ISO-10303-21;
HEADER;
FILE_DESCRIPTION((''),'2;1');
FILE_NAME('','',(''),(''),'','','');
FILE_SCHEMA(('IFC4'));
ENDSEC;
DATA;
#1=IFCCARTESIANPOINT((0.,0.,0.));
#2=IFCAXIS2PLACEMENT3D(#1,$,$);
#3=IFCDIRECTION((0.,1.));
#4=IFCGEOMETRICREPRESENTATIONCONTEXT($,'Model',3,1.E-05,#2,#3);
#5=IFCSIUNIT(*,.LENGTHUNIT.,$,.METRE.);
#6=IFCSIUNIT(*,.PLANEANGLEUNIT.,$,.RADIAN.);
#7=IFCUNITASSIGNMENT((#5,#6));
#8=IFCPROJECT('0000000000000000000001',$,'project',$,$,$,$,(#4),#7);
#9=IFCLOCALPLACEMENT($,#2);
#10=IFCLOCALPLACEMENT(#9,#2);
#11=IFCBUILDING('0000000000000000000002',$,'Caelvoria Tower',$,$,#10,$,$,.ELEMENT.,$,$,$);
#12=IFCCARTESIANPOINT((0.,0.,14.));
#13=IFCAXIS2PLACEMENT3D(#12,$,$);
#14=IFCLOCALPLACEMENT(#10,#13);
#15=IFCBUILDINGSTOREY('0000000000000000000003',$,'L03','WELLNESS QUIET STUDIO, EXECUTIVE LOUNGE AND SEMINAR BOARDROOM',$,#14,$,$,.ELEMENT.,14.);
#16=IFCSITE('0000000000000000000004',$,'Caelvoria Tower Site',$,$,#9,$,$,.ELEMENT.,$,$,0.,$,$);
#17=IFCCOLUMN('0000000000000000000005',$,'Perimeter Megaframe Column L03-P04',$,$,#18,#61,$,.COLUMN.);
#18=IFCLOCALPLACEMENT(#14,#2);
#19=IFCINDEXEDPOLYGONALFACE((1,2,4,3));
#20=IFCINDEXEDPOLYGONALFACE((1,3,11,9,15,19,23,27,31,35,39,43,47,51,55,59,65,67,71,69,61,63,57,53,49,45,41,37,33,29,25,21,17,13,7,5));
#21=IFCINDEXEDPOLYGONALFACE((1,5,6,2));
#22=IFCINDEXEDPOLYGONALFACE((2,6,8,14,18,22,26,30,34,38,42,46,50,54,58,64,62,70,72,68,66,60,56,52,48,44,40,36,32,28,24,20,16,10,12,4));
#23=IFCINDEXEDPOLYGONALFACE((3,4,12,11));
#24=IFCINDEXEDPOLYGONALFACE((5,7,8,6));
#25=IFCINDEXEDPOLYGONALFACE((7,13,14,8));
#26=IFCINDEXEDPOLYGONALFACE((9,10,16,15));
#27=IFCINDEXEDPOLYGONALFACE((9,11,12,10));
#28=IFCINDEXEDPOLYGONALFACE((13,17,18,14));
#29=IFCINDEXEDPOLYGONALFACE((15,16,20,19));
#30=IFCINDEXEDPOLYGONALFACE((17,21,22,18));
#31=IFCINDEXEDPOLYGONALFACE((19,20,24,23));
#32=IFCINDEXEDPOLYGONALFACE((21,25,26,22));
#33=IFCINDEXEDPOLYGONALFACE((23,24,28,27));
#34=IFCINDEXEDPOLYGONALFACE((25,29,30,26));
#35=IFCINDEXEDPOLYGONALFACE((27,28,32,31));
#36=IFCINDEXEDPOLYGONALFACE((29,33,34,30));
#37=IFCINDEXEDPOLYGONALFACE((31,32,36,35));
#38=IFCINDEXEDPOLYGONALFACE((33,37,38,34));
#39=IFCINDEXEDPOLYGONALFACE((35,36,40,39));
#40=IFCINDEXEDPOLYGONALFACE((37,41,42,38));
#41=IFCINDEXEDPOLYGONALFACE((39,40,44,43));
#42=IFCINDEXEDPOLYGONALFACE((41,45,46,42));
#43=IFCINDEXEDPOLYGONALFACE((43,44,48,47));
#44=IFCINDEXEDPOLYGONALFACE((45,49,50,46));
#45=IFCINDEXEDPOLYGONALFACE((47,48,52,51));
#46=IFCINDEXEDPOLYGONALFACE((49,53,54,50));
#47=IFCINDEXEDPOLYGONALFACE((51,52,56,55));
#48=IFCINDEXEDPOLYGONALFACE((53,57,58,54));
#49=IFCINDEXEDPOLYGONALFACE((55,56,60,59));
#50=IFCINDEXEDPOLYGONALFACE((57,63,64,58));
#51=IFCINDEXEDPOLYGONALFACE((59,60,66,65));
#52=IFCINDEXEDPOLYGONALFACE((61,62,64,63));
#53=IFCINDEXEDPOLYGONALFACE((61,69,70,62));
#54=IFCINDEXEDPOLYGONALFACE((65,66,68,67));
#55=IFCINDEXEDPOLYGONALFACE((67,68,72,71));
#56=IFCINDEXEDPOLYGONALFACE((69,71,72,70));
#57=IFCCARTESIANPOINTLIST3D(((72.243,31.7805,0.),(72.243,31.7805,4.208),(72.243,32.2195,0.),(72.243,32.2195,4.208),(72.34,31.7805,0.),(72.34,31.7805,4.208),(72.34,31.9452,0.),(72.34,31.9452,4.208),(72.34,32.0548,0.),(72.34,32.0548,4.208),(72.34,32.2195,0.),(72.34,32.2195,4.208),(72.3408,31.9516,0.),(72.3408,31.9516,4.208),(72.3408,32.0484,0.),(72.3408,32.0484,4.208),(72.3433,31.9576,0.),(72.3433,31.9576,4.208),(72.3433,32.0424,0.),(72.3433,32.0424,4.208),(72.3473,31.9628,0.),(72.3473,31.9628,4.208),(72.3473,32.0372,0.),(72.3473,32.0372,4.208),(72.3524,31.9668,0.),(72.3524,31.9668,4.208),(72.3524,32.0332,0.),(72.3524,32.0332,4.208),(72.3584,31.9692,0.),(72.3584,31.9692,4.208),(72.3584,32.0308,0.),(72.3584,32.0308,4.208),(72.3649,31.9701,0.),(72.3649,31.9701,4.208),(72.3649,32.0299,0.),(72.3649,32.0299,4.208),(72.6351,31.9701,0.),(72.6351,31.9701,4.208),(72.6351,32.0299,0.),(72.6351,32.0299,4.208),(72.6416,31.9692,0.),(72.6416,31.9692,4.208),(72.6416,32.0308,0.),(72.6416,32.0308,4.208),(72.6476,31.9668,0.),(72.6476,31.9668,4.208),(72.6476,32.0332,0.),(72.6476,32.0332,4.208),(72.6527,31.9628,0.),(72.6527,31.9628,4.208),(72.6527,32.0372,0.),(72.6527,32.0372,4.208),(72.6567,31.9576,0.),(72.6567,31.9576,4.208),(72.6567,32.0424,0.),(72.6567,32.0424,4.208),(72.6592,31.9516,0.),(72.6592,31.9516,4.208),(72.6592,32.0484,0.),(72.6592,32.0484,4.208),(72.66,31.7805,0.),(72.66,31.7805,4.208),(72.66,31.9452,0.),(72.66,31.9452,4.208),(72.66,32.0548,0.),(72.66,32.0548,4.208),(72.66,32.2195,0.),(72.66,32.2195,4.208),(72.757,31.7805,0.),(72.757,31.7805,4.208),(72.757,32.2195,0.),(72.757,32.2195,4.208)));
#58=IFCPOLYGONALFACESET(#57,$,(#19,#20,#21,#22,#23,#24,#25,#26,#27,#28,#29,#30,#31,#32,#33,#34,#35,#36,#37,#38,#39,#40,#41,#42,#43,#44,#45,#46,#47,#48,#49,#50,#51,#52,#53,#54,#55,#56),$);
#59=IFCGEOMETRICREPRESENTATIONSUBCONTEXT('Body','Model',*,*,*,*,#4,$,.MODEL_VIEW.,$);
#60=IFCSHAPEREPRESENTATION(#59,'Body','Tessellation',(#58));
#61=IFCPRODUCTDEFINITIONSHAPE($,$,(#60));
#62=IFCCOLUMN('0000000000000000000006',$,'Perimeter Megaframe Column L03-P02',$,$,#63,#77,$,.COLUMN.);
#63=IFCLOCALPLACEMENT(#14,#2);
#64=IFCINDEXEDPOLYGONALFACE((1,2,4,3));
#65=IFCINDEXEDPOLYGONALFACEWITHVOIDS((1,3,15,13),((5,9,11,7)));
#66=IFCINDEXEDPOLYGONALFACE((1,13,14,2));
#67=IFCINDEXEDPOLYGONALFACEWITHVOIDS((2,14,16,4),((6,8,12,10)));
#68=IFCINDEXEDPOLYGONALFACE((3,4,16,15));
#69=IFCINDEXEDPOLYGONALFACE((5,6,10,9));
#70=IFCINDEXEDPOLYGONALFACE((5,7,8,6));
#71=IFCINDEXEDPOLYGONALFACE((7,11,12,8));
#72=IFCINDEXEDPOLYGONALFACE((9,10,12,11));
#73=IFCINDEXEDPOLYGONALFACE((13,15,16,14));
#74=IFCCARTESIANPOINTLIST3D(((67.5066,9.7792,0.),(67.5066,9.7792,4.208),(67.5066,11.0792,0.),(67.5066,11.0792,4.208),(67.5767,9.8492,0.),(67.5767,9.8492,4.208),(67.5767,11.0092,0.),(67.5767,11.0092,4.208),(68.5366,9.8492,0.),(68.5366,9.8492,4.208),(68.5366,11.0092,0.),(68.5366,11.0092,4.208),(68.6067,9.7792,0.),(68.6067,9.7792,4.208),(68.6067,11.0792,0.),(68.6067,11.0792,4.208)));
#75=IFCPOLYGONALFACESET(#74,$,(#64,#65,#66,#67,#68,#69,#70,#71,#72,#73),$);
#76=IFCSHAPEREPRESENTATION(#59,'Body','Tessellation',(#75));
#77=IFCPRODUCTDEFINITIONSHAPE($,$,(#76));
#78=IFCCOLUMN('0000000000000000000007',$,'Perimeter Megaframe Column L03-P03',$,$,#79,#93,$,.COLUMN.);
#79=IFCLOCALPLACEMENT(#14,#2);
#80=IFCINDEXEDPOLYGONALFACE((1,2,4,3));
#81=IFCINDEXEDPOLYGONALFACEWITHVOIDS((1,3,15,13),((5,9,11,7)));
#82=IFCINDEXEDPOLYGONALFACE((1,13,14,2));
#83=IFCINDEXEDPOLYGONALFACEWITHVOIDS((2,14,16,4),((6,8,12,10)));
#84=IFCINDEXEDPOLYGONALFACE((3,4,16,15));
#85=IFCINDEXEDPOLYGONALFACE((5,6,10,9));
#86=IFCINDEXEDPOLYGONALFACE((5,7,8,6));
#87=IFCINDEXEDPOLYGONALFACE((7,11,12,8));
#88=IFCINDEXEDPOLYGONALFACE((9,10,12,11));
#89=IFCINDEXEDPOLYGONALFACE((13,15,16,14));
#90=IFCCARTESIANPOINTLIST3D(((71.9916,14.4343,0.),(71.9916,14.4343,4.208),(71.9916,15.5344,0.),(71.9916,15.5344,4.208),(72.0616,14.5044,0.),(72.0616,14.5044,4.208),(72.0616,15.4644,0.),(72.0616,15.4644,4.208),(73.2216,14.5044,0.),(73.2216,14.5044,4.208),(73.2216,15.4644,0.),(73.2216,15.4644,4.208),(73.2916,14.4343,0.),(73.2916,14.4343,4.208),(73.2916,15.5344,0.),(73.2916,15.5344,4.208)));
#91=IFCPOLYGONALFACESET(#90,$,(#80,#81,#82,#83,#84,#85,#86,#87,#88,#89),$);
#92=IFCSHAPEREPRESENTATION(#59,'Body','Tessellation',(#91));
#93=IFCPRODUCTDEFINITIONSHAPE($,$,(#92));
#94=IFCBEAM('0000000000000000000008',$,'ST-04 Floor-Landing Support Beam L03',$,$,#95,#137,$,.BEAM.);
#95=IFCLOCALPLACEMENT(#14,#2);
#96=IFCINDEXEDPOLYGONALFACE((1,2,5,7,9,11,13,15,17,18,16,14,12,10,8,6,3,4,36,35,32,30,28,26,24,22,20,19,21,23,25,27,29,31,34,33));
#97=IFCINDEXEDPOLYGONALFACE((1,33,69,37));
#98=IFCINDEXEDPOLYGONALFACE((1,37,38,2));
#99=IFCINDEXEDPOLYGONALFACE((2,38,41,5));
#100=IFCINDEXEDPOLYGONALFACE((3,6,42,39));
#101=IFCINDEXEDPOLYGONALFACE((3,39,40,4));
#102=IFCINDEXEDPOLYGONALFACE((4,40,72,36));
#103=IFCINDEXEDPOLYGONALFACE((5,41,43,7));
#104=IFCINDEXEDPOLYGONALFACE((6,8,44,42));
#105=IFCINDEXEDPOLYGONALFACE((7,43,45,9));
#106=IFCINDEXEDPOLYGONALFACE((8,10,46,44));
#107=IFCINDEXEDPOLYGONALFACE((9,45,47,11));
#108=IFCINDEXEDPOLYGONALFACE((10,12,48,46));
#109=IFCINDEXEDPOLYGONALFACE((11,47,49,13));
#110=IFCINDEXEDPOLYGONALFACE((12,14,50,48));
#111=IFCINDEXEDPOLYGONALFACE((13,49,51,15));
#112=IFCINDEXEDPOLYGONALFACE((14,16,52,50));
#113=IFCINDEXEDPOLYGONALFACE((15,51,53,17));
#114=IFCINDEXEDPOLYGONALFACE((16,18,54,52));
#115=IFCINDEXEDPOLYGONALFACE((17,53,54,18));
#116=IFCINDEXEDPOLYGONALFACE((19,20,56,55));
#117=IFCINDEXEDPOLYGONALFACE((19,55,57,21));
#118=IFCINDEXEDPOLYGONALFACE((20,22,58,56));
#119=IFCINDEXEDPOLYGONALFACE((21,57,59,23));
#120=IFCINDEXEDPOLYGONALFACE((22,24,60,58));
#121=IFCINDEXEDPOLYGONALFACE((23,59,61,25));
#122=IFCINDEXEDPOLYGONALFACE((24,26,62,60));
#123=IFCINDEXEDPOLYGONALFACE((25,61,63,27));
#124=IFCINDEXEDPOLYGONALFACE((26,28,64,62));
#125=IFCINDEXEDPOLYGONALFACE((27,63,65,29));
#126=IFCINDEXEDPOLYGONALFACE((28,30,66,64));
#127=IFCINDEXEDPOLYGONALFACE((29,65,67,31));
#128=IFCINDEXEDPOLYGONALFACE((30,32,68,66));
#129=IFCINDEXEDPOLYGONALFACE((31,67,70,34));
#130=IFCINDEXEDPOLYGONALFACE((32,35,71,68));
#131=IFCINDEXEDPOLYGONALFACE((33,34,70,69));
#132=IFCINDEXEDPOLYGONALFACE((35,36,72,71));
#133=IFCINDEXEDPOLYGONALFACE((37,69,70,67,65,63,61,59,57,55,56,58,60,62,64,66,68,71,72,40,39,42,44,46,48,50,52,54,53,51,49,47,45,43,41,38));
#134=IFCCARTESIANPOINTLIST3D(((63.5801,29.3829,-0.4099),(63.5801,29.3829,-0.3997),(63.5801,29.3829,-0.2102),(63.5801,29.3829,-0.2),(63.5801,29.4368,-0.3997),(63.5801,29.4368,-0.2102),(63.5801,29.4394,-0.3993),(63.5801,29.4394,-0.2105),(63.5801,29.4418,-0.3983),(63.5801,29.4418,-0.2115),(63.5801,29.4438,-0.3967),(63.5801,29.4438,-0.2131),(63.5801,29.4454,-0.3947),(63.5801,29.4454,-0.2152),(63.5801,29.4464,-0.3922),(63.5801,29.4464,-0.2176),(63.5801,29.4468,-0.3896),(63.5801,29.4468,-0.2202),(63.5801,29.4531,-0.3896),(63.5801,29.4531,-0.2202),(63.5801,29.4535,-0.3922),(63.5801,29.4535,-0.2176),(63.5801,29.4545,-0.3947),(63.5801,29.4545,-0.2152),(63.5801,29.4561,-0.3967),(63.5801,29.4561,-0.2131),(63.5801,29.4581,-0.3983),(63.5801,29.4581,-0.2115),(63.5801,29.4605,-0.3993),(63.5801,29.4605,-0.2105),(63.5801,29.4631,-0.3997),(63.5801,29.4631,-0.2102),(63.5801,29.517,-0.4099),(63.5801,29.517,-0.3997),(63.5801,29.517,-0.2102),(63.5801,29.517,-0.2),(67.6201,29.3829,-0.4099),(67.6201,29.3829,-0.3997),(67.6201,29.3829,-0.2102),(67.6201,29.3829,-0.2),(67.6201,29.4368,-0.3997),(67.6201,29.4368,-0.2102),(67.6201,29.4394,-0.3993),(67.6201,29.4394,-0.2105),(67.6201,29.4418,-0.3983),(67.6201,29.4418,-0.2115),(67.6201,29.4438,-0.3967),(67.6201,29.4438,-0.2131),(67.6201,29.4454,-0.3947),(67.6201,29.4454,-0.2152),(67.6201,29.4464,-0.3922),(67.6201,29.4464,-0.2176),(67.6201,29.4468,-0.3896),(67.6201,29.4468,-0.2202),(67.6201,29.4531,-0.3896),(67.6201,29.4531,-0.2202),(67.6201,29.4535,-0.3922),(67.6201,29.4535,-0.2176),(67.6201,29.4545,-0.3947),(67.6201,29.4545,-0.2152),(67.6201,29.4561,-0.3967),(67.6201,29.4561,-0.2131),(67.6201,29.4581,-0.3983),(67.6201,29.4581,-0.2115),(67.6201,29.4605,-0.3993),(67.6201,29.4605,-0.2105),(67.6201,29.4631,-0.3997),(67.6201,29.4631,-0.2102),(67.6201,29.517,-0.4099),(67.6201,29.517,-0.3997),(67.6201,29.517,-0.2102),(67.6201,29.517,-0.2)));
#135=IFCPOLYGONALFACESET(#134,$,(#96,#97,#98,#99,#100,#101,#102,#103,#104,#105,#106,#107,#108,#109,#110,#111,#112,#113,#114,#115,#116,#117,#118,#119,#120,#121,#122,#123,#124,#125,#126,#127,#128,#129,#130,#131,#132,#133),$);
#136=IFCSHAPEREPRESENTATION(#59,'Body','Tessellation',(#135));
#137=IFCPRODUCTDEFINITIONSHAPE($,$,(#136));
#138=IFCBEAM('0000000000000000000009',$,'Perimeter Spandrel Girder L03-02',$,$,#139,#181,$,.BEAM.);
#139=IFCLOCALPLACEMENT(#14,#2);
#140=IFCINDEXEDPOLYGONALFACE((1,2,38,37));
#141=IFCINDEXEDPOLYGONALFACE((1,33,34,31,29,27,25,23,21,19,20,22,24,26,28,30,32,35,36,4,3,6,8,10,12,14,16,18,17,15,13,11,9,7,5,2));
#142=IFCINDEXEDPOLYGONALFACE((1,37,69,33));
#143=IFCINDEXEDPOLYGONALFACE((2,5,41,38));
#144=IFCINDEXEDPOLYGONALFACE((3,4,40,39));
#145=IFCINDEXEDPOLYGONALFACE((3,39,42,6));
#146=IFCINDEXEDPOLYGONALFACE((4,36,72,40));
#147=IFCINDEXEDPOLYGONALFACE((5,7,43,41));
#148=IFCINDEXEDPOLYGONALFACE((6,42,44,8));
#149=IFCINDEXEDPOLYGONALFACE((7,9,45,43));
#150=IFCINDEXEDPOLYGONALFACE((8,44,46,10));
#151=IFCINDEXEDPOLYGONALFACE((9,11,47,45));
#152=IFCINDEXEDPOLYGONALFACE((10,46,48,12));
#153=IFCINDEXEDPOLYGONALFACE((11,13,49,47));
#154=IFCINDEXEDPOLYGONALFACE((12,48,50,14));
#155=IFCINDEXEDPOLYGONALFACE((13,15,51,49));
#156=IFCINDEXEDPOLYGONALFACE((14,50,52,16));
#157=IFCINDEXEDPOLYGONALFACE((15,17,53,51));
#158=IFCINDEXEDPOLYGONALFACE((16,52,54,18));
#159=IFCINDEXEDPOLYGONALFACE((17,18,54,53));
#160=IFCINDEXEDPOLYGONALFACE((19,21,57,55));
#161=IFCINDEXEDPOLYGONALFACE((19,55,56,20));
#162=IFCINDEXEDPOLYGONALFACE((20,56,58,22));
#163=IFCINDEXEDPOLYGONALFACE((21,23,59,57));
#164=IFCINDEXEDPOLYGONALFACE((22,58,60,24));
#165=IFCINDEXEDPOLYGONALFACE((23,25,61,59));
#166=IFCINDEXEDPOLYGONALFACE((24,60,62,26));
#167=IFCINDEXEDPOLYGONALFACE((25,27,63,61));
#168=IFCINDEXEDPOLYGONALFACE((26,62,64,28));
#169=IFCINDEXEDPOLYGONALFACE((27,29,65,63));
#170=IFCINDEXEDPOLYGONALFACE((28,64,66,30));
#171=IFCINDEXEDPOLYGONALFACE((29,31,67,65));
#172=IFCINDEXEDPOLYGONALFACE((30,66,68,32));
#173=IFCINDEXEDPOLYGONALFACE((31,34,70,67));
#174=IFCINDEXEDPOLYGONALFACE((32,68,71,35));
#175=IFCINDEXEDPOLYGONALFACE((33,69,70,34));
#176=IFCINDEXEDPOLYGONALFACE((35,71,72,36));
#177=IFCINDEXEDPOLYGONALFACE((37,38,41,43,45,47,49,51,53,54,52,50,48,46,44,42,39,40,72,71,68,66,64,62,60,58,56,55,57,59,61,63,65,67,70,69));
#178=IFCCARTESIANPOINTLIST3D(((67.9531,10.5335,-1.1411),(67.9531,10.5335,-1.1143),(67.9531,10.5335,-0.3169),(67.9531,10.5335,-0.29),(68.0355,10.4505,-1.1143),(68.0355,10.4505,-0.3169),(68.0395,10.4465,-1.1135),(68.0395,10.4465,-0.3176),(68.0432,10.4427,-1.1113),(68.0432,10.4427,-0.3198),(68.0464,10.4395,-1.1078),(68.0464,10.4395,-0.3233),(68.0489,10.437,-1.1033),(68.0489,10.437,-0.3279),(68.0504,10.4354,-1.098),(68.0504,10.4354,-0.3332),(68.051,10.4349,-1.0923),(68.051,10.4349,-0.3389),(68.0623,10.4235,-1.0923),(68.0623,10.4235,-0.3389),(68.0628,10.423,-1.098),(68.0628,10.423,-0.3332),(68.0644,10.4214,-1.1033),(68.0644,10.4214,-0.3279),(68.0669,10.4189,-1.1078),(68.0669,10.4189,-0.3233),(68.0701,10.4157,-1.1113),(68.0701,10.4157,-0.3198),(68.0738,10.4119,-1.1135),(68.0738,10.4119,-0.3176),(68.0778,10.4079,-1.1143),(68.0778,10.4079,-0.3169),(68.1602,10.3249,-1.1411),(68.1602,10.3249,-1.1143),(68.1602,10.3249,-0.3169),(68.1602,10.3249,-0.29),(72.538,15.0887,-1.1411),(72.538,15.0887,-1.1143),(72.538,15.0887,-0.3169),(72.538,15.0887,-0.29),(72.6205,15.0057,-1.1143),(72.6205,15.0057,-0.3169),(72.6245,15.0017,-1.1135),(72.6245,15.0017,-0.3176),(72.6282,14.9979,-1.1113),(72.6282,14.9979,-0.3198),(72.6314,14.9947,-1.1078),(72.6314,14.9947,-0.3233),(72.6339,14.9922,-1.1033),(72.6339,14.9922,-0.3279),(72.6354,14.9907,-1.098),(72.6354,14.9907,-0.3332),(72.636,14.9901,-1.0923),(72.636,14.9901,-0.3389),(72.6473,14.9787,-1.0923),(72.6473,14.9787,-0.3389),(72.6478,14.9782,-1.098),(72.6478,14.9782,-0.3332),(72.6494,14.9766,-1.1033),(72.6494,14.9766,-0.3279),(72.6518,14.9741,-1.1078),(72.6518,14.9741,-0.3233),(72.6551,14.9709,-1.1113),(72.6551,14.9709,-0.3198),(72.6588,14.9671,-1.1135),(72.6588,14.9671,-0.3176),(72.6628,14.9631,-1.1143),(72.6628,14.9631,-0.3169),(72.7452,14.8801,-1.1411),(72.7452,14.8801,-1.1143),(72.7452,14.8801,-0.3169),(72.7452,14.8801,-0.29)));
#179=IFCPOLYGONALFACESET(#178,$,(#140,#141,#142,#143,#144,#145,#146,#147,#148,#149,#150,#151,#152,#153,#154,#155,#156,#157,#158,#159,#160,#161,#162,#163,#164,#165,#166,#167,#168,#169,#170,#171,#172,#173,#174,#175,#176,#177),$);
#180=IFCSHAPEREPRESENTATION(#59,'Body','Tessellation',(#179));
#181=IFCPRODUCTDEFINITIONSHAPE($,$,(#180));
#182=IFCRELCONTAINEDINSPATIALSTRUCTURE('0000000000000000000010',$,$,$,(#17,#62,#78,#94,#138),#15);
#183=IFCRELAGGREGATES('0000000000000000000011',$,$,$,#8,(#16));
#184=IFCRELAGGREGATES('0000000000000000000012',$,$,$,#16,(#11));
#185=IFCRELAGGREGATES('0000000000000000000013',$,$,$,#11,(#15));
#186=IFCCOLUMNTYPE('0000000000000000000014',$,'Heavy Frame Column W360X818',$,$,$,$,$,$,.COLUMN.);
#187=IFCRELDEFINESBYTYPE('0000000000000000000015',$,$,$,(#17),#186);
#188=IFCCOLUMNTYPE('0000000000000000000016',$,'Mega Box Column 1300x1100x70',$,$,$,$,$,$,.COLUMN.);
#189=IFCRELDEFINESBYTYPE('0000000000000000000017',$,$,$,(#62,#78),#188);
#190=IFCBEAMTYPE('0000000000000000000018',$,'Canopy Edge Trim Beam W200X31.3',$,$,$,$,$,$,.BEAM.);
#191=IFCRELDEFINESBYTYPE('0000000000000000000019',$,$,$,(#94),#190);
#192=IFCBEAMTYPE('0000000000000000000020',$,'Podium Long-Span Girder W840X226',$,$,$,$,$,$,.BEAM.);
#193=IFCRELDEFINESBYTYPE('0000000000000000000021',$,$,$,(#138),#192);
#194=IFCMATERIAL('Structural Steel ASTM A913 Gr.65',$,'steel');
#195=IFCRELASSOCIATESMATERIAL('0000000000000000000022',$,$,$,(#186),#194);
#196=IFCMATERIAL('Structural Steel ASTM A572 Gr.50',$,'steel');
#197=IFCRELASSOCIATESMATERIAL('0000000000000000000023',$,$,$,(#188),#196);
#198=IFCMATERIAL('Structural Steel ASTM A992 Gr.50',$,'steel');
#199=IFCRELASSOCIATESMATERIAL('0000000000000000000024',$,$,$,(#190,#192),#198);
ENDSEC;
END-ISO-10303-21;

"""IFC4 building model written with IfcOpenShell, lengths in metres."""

from ifc_helpers import new_model, si_unit, direction, frame, origin, origin_2d, place, context, subcontext, project, spatial, hollow_rectangle, i_section, extrude, material, material_profile, profile_set, type_object, element, save


model = new_model("IFC4")

# Units and contexts
model_context = context("Model", 3, precision=1e-05, world=origin(), true_north=direction((0.0, 1.0)))
body_context = subcontext(model_context, "Body", "Model", "MODEL_VIEW")
ifc_project = project(units=[si_unit("LENGTHUNIT", "METRE"), si_unit("PLANEANGLEUNIT", "RADIAN")], contexts=[model_context])

# Site, building, storey
site_placement = place(None, origin())
site = spatial("IfcSite", under=ifc_project, at=site_placement, Name="Caelvoria Tower Site", CompositionType="ELEMENT", RefElevation=0.0)
building_placement = place(site_placement, origin())
building = spatial("IfcBuilding", under=site, at=building_placement, Name="Caelvoria Tower", CompositionType="ELEMENT")
storey_placement = place(building_placement, frame((0.0, 0.0, 14.0)))
storey = spatial("IfcBuildingStorey", under=building, at=storey_placement, Name="L03", Description="WELLNESS QUIET STUDIO, EXECUTIVE LOUNGE AND SEMINAR BOARDROOM", CompositionType="ELEMENT", Elevation=14.0)

# Columns
ifc_material_1 = material(Name="Structural Steel ASTM A913 Gr.65", Category="steel")
ifc_material_profile_1 = material_profile(ifc_material_1, i_section(OverallWidth=0.439, OverallDepth=0.5139, WebThickness=0.0598, FlangeThickness=0.0969, FilletRadius=0.0249, at=origin_2d()), Name="Structural Steel ASTM A913 Gr.65")
ifc_profile_set_1 = profile_set([ifc_material_profile_1], Name="W360X818 - Structural Steel ASTM A913 Gr.65")
column_type_1 = type_object("IfcColumnType", Name="Heavy Frame Column W360X818", PredefinedType="COLUMN", material=ifc_profile_set_1)
column_placement = place(storey_placement, frame((72.5, 32.0, 0.0), z_axis=(0.0, 0.0, 1.0), x_axis=(0.0, 1.0, 0.0)))
element("IfcColumn", 1, at=column_placement, inside=storey, type_object=column_type_1, Name="Perimeter Megaframe Column L03-P04", PredefinedType="COLUMN", context=body_context, shape_type="SweptSolid", body=[
    extrude(i_section(OverallWidth=0.439, OverallDepth=0.5139, WebThickness=0.0598, FlangeThickness=0.0969, FilletRadius=0.0249, at=origin_2d()), origin(), (0.0, 0.0, 1.0), 4.208),
])
ifc_material_2 = material(Name="Structural Steel ASTM A572 Gr.50", Category="steel")
ifc_material_profile_2 = material_profile(ifc_material_2, hollow_rectangle(XDim=1.1001, YDim=1.3, WallThickness=0.0701, at=origin_2d()), Name="Structural Steel ASTM A572 Gr.50")
ifc_profile_set_2 = profile_set([ifc_material_profile_2], Name="BOX1300X1100X70 - Structural Steel ASTM A572 Gr.50")
column_type_2 = type_object("IfcColumnType", Name="Mega Box Column 1300x1100x70", PredefinedType="COLUMN", material=ifc_profile_set_2)
for number, where, z_axis, x_axis, name in (
    (2, (68.0566, 10.4292, 0.0), (0.0, 0.0, 1.0), (1.0, 0.0, 0.0), "Perimeter Megaframe Column L03-P02"),
    (3, (72.6416, 14.9844, 0.0), (0.0, 0.0, 1.0), (0.0, 1.0, 0.0), "Perimeter Megaframe Column L03-P03"),
):
    element("IfcColumn", number, at=place(storey_placement, frame(where, z_axis=z_axis, x_axis=x_axis)), inside=storey, type_object=column_type_2, Name=name, PredefinedType="COLUMN", context=body_context, shape_type="SweptSolid", body=[
        extrude(hollow_rectangle(XDim=1.1001, YDim=1.3, WallThickness=0.0701, at=origin_2d()), origin(), (0.0, 0.0, 1.0), 4.208),
    ])

# Beams
ifc_material_3 = material(Name="Structural Steel ASTM A992 Gr.50", Category="steel")
ifc_material_profile_3 = material_profile(ifc_material_3, i_section(OverallWidth=0.134, OverallDepth=0.21, WebThickness=0.0063, FlangeThickness=0.0103, FilletRadius=0.01, at=origin_2d()), Name="Structural Steel ASTM A992 Gr.50")
ifc_profile_set_3 = profile_set([ifc_material_profile_3], Name="W200X31.3 - Structural Steel ASTM A992 Gr.50")
beam_type_1 = type_object("IfcBeamType", Name="Canopy Edge Trim Beam W200X31.3", PredefinedType="BEAM", material=ifc_profile_set_3)
beam_1_placement = place(storey_placement, frame((63.5801, 29.45, -0.3049), z_axis=(1.0, 0.0, 0.0), x_axis=(0.0, 1.0, 0.0)))
element("IfcBeam", 4, at=beam_1_placement, inside=storey, type_object=beam_type_1, Name="ST-04 Floor-Landing Support Beam L03", PredefinedType="BEAM", context=body_context, shape_type="SweptSolid", body=[
    extrude(i_section(OverallWidth=0.134, OverallDepth=0.21, WebThickness=0.0063, FlangeThickness=0.0103, FilletRadius=0.01, at=origin_2d()), origin(), (0.0, 0.0, 1.0), 4.04),
])
ifc_material_profile_4 = material_profile(ifc_material_3, i_section(OverallWidth=0.2939, OverallDepth=0.8511, WebThickness=0.0161, FlangeThickness=0.0269, FilletRadius=0.022, at=origin_2d()), Name="Structural Steel ASTM A992 Gr.50")
ifc_profile_set_4 = profile_set([ifc_material_profile_4], Name="W840X226 - Structural Steel ASTM A992 Gr.50")
beam_type_2 = type_object("IfcBeamType", Name="Podium Long-Span Girder W840X226", PredefinedType="BEAM", material=ifc_profile_set_4)
beam_2_placement = place(storey_placement, frame((68.0566, 10.4292, -0.7156), z_axis=(0.709407, 0.704799, 0.0), x_axis=(-0.704799, 0.709407, 0.0)))
element("IfcBeam", 5, at=beam_2_placement, inside=storey, type_object=beam_type_2, Name="Perimeter Spandrel Girder L03-02", PredefinedType="BEAM", context=body_context, shape_type="SweptSolid", body=[
    extrude(i_section(OverallWidth=0.2939, OverallDepth=0.8511, WebThickness=0.0161, FlangeThickness=0.0269, FilletRadius=0.022, at=origin_2d()), origin(), (0.0, 0.0, 1.0), 6.4631),
])

save(model, "model.ifc")
